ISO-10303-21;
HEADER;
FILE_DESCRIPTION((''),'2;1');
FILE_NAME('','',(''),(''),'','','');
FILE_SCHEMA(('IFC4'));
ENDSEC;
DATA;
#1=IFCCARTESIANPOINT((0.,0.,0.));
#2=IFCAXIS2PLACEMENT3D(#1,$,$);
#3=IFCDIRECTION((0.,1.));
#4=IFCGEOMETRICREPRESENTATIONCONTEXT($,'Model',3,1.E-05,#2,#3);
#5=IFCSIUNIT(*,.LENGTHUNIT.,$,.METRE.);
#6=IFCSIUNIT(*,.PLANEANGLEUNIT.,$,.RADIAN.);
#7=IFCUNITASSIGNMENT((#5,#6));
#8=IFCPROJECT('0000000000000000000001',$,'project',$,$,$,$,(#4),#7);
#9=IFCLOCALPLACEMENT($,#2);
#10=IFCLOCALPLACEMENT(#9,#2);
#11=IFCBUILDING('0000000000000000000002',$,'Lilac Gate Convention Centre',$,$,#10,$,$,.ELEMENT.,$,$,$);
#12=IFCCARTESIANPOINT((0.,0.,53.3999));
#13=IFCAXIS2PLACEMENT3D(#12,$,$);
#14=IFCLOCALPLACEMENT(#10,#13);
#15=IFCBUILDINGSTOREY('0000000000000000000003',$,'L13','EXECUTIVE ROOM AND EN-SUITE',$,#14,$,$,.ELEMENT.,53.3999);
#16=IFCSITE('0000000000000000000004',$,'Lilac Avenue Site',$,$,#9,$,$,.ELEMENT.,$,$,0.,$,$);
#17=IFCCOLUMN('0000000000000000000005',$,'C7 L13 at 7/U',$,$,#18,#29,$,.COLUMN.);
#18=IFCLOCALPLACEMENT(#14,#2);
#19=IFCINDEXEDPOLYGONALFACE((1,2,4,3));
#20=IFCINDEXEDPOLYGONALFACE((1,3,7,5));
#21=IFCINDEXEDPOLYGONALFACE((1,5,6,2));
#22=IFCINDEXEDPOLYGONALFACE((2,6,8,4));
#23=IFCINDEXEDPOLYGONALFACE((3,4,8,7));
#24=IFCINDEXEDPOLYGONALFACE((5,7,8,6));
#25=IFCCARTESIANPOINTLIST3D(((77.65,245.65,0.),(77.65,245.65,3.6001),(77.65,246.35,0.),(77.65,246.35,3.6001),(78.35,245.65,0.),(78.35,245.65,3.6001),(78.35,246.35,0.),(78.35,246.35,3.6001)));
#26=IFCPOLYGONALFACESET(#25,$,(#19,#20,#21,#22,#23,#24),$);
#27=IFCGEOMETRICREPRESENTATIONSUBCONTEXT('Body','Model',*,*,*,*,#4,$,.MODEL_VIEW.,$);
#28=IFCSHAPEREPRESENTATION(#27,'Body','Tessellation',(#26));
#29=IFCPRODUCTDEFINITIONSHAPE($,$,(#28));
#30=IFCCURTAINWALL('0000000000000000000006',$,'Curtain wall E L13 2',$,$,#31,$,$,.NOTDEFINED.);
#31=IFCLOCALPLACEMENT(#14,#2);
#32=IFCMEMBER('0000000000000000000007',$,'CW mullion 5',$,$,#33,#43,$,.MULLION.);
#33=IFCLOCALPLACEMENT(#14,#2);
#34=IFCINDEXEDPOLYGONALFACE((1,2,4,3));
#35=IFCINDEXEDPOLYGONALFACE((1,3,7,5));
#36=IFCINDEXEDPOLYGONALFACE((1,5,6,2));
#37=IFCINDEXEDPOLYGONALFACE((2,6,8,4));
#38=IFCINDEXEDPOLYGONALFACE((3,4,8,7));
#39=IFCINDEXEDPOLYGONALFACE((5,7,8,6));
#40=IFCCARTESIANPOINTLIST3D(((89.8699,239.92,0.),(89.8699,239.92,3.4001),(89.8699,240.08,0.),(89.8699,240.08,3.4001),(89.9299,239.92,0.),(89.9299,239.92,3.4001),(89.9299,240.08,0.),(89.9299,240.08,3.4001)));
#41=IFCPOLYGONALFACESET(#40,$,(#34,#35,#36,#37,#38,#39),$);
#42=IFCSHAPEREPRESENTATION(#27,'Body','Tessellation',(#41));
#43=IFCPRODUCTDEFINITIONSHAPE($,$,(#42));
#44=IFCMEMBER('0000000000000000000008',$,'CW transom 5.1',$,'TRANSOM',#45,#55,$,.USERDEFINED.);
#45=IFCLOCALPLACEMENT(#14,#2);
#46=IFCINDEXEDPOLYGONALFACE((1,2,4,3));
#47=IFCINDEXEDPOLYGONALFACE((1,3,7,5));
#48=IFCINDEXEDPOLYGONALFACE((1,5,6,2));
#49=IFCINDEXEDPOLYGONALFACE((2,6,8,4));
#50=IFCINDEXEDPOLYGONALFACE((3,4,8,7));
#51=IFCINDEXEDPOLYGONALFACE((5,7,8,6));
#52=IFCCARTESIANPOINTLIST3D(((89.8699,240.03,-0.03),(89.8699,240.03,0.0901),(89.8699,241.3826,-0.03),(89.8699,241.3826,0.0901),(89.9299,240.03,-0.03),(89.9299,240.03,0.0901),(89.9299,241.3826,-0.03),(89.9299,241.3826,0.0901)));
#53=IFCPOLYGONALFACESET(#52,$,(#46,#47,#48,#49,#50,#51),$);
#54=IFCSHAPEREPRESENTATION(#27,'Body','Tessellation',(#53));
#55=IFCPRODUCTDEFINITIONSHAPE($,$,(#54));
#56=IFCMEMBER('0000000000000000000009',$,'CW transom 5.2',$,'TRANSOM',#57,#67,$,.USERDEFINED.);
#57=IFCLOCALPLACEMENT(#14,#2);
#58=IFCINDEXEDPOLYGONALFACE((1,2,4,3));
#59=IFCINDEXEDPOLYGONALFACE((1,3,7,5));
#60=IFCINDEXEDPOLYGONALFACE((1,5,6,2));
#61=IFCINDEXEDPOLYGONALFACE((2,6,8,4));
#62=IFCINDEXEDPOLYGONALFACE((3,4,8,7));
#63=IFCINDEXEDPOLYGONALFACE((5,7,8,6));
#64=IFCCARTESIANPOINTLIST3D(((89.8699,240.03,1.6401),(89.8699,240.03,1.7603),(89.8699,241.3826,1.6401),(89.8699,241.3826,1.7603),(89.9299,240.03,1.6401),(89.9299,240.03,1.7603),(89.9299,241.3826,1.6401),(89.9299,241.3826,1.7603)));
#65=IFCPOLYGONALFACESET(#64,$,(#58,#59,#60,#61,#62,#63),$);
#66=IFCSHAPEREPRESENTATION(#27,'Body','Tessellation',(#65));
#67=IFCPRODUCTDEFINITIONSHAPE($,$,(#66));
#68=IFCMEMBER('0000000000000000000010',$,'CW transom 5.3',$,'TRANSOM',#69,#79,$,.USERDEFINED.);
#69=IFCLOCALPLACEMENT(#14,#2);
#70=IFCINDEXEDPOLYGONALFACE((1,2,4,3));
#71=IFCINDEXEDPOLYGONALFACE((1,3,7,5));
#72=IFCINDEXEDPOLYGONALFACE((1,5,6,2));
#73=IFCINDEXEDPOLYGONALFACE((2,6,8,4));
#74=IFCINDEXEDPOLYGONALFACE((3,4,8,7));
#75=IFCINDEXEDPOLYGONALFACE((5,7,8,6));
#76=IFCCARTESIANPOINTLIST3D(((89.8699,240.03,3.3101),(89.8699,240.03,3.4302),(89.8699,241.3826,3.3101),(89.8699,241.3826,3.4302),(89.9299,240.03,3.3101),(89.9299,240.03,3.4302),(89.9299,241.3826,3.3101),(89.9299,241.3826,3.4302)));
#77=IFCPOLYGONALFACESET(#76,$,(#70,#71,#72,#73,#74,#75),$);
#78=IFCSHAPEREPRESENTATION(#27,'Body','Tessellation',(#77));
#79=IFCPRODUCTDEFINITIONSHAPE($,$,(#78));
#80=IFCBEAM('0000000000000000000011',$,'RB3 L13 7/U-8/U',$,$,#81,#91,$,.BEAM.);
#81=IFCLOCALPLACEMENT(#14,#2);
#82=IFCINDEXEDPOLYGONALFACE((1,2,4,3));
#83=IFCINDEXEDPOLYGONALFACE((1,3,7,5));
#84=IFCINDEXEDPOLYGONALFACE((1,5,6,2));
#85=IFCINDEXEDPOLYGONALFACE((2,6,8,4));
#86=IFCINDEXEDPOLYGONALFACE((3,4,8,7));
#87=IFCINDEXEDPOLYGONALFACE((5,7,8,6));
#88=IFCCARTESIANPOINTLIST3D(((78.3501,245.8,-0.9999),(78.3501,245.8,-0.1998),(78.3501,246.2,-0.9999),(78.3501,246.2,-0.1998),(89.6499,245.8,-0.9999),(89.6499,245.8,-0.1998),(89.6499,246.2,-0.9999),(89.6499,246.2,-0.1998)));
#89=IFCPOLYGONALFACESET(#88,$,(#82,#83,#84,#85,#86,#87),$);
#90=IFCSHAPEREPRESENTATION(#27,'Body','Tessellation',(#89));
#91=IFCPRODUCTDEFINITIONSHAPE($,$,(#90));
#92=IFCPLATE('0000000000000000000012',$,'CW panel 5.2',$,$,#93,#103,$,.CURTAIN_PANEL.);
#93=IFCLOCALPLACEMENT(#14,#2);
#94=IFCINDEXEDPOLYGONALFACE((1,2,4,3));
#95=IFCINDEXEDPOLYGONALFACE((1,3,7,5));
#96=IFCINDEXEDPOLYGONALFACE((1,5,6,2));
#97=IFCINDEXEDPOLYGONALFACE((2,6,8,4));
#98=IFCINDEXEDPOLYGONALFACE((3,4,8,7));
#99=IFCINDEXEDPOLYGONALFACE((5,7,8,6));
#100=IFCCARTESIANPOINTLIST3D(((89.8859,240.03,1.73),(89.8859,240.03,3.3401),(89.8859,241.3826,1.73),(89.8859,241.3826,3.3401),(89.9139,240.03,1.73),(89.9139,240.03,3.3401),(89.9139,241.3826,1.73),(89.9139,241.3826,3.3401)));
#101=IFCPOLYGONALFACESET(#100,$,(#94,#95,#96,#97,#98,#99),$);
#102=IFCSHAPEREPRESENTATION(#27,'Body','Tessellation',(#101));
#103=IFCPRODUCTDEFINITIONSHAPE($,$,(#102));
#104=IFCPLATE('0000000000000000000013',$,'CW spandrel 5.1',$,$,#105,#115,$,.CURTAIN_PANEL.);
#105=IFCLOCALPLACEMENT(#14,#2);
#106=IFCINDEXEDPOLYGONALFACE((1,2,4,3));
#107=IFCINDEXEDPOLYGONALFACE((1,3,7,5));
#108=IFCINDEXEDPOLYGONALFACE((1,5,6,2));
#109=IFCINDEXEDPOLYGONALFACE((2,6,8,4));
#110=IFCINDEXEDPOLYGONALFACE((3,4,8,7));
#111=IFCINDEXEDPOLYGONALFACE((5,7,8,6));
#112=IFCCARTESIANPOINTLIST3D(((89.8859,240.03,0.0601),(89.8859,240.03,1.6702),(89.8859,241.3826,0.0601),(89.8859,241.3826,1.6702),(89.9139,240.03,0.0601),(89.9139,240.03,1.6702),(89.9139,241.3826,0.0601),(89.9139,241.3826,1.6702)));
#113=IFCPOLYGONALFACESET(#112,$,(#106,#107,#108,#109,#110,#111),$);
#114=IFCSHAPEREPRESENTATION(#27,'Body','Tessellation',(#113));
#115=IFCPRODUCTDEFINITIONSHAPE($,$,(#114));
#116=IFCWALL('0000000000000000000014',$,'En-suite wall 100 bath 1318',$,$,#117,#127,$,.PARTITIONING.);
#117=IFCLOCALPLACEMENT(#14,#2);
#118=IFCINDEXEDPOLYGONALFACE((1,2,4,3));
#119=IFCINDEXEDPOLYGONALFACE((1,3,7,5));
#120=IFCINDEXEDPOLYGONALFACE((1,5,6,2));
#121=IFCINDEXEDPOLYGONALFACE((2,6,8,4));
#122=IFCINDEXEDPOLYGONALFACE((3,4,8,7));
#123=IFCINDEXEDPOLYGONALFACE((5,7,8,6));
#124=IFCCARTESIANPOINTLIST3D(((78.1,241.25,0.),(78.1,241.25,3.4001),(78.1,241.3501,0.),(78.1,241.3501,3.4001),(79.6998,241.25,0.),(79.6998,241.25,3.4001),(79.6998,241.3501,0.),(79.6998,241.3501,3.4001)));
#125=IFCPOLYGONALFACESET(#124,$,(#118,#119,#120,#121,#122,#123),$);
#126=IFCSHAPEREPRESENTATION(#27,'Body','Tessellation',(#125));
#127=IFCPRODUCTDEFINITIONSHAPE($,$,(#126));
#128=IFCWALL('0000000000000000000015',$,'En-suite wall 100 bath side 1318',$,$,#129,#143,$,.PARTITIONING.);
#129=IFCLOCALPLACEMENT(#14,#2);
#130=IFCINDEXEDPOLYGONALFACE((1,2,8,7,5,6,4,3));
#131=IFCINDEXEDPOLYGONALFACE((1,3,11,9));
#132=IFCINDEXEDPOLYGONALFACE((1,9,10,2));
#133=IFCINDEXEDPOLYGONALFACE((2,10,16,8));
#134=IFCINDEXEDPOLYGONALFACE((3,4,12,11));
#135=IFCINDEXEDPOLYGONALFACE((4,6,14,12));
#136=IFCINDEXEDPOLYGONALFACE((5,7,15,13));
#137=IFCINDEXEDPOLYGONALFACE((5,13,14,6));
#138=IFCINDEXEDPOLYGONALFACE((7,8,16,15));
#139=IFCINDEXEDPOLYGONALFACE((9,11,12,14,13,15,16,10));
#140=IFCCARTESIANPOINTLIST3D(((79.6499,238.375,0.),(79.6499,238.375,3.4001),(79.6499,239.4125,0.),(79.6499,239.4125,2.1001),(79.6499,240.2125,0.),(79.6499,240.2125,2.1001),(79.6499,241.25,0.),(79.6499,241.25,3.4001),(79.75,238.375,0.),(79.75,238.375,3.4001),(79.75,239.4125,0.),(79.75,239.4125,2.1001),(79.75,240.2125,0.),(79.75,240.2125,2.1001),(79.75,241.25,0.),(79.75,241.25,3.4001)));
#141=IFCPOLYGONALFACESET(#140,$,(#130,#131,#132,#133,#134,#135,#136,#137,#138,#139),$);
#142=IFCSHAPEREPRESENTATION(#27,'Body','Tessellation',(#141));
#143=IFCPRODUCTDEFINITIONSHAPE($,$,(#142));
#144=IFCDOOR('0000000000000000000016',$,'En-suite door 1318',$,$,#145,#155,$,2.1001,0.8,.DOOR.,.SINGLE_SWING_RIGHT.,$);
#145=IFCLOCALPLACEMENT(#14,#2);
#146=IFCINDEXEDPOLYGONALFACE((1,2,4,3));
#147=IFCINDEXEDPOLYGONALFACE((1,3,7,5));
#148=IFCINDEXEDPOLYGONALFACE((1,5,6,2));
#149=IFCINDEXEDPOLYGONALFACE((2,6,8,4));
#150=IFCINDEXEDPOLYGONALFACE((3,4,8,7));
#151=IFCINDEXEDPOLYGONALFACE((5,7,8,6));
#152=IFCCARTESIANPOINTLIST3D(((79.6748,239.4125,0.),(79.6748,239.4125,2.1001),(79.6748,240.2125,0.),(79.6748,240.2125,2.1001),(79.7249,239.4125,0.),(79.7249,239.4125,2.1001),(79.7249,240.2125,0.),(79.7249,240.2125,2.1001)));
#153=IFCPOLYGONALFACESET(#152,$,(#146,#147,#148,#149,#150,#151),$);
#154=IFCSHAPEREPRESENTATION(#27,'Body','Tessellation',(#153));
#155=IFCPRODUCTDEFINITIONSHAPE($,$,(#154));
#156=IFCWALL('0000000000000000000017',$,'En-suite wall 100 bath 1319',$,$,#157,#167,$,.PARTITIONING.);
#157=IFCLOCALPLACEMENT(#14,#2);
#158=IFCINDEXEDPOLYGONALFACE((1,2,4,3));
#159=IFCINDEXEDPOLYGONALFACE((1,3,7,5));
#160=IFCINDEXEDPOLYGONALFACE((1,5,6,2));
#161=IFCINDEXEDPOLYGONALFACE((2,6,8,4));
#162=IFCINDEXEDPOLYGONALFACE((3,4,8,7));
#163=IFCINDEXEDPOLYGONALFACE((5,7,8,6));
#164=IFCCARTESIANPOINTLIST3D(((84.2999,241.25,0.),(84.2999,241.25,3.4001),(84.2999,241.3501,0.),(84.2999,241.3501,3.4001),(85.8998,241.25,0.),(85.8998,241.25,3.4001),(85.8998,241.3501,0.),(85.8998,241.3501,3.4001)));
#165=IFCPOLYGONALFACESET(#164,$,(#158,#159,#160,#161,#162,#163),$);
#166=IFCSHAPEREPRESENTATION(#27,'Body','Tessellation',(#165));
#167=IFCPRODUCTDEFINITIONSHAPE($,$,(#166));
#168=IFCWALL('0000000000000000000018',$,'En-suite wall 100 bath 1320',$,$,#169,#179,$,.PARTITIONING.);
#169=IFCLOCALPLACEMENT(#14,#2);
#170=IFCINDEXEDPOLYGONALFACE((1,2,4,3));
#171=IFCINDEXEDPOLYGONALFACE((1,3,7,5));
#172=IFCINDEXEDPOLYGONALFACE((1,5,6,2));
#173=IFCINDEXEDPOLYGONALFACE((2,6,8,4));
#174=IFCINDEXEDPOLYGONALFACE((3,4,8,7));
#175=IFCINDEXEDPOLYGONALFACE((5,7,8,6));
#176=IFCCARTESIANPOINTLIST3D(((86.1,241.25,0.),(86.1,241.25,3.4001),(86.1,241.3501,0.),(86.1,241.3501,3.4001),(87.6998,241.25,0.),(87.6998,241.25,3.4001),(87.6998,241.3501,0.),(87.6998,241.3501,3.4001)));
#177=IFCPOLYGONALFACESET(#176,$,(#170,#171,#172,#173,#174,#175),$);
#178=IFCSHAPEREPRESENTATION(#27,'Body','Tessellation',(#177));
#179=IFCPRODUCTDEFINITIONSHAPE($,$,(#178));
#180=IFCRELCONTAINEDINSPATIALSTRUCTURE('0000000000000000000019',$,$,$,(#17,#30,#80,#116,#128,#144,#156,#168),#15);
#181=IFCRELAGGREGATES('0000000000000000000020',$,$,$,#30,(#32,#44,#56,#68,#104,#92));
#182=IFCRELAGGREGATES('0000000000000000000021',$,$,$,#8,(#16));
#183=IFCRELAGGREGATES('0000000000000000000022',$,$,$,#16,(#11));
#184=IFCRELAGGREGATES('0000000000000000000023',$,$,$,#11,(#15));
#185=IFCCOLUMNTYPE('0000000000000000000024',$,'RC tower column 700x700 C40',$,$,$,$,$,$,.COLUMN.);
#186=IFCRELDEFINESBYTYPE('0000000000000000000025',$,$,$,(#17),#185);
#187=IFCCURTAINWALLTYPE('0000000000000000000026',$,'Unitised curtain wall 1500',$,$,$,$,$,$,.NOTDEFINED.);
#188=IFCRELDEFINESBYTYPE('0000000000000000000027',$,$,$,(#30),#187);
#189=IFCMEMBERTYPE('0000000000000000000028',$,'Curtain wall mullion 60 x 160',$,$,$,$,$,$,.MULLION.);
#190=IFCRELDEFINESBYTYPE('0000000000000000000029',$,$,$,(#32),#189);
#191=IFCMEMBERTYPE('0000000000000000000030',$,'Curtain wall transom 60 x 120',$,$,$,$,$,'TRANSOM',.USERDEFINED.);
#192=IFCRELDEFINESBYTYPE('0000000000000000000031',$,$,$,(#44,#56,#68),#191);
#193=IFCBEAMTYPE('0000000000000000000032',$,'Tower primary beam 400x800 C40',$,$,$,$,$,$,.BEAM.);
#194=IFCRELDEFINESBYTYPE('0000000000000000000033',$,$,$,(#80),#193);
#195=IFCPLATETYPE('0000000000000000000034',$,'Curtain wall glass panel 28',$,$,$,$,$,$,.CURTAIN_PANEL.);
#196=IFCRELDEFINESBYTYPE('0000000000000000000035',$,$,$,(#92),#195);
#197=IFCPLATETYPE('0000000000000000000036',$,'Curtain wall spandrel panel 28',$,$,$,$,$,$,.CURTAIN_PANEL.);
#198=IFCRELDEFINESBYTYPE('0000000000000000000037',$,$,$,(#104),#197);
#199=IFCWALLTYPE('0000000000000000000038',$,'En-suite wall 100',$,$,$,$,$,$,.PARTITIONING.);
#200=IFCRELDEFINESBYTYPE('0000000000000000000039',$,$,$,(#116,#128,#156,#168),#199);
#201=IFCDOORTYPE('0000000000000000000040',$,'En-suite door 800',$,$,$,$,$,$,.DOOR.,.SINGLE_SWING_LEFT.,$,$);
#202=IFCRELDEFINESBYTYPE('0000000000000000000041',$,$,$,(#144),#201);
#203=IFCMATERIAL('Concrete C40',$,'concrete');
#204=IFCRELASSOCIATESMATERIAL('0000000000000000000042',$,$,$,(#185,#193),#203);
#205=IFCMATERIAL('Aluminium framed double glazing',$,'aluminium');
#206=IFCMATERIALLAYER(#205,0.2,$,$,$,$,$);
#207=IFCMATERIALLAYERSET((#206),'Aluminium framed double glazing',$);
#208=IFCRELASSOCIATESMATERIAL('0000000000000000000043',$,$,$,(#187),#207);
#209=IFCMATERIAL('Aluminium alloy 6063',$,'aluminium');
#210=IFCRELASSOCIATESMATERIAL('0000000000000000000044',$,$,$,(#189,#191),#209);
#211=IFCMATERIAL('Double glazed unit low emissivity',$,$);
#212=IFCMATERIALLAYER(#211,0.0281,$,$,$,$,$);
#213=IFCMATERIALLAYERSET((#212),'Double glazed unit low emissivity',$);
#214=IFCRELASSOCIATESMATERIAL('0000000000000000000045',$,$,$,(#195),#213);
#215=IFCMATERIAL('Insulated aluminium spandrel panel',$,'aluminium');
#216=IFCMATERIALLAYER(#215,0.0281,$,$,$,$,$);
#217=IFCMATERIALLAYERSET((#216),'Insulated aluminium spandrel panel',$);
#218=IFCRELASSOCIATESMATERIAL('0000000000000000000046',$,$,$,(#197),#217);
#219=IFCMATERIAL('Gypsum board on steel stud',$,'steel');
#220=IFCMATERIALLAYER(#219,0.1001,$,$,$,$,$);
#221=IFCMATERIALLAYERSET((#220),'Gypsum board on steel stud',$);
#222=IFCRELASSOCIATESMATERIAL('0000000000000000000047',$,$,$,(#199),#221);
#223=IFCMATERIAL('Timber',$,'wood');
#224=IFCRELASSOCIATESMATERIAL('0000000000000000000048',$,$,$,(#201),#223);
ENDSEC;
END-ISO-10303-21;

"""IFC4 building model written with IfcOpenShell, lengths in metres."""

from ifc_helpers import new_model, si_unit, direction, frame, frame_2d, origin, origin_2d, place, context, subcontext, project, spatial, rectangle, extrude, material, layer, layer_set, material_profile, profile_set, type_object, element, fill, aggregate, save


model = new_model("IFC4")

# Units and contexts
model_context = context("Model", 3, precision=1e-05, world=origin(), true_north=direction((0.0, 1.0)))
body_context = subcontext(model_context, "Body", "Model", "MODEL_VIEW")
ifc_project = project(units=[si_unit("LENGTHUNIT", "METRE"), si_unit("PLANEANGLEUNIT", "RADIAN")], contexts=[model_context])

# Site, building, storey
site_placement = place(None, origin())
site = spatial("IfcSite", under=ifc_project, at=site_placement, Name="Lilac Avenue Site", CompositionType="ELEMENT", RefElevation=0.0)
building_placement = place(site_placement, origin())
building = spatial("IfcBuilding", under=site, at=building_placement, Name="Lilac Gate Convention Centre", CompositionType="ELEMENT")
storey_placement = place(building_placement, frame((0.0, 0.0, 53.3999)))
storey = spatial("IfcBuildingStorey", under=building, at=storey_placement, Name="L13", Description="EXECUTIVE ROOM AND EN-SUITE", CompositionType="ELEMENT", Elevation=53.3999)

# Column
ifc_material_1 = material(Name="Concrete C40", Category="concrete")
ifc_material_profile_1 = material_profile(ifc_material_1, rectangle(XDim=0.7, YDim=0.7, at=origin_2d()), Name="RC 700x700")
ifc_profile_set_1 = profile_set([ifc_material_profile_1], Name="Concrete C40")
column_type = type_object("IfcColumnType", Name="RC tower column 700x700 C40", PredefinedType="COLUMN", material=ifc_profile_set_1)
column_placement = place(storey_placement, frame((78.0, 246.0, 0.0), z_axis=(0.0, 0.0, 1.0), x_axis=(1.0, 0.0, 0.0)))
element("IfcColumn", 1, at=column_placement, inside=storey, type_object=column_type, Name="C7 L13 at 7/U", PredefinedType="COLUMN", context=body_context, shape_type="SweptSolid", body=[
    extrude(rectangle(XDim=0.7, YDim=0.7, at=origin_2d()), origin(), (0.0, 0.0, 1.0), 3.6001),
])

# Curtain wall, members
ifc_material_2 = material(Name="Aluminium framed double glazing", Category="aluminium")
ifc_layer_1 = layer(ifc_material_2, 0.2)
ifc_layer_set_1 = layer_set([ifc_layer_1], Name="Aluminium framed double glazing")
curtain_wall_type = type_object("IfcCurtainWallType", Name="Unitised curtain wall 1500", PredefinedType="NOTDEFINED", material=ifc_layer_set_1)
curtain_wall_placement = place(storey_placement, origin())
curtain_wall = element("IfcCurtainWall", 2, at=curtain_wall_placement, inside=storey, type_object=curtain_wall_type, Name="Curtain wall E L13 2", PredefinedType="NOTDEFINED")
ifc_material_3 = material(Name="Aluminium alloy 6063", Category="aluminium")
ifc_material_profile_2 = material_profile(ifc_material_3, rectangle(XDim=0.0601, YDim=0.1599, at=origin_2d()), Name="Curtain wall mullion 60 x 160")
ifc_profile_set_2 = profile_set([ifc_material_profile_2], Name="Aluminium alloy 6063")
member_type_1 = type_object("IfcMemberType", Name="Curtain wall mullion 60 x 160", PredefinedType="MULLION", material=ifc_profile_set_2)
member_1_placement = place(storey_placement, frame((89.8999, 240.0, 0.0), z_axis=(0.0, 0.0, 1.0), x_axis=(-1.0, 0.0, 0.0)))
member_1 = element("IfcMember", 3, at=member_1_placement, type_object=member_type_1, Name="CW mullion 5", PredefinedType="MULLION", context=body_context, shape_type="SweptSolid", body=[
    extrude(rectangle(XDim=0.0601, YDim=0.1599, at=origin_2d()), origin(), (0.0, 0.0, 1.0), 3.4001),
])
ifc_material_profile_3 = material_profile(ifc_material_3, rectangle(XDim=0.0601, YDim=0.1201, at=origin_2d()), Name="Curtain wall transom 60 x 120")
ifc_profile_set_3 = profile_set([ifc_material_profile_3], Name="Aluminium alloy 6063")
member_type_2 = type_object("IfcMemberType", Name="Curtain wall transom 60 x 120", ElementType="TRANSOM", PredefinedType="USERDEFINED", material=ifc_profile_set_3)
member_2_placement = place(storey_placement, frame((89.8999, 240.03, 0.03), z_axis=(0.0, 1.0, 0.0), x_axis=(-1.0, 0.0, 0.0)))
member_2 = element("IfcMember", 4, at=member_2_placement, type_object=member_type_2, Name="CW transom 5.1", ObjectType="TRANSOM", PredefinedType="USERDEFINED", context=body_context, shape_type="SweptSolid", body=[
    extrude(rectangle(XDim=0.0601, YDim=0.1201, at=origin_2d()), origin(), (0.0, 0.0, 1.0), 1.3525),
])
member_3_placement = place(storey_placement, frame((89.8999, 240.03, 1.7002), z_axis=(0.0, 1.0, 0.0), x_axis=(-1.0, 0.0, 0.0)))
member_3 = element("IfcMember", 5, at=member_3_placement, type_object=member_type_2, Name="CW transom 5.2", ObjectType="TRANSOM", PredefinedType="USERDEFINED", context=body_context, shape_type="SweptSolid", body=[
    extrude(rectangle(XDim=0.0601, YDim=0.1201, at=origin_2d()), origin(), (0.0, 0.0, 1.0), 1.3525),
])
member_4_placement = place(storey_placement, frame((89.8999, 240.03, 3.3701), z_axis=(0.0, 1.0, 0.0), x_axis=(-1.0, 0.0, 0.0)))
member_4 = element("IfcMember", 6, at=member_4_placement, type_object=member_type_2, Name="CW transom 5.3", ObjectType="TRANSOM", PredefinedType="USERDEFINED", context=body_context, shape_type="SweptSolid", body=[
    extrude(rectangle(XDim=0.0601, YDim=0.1201, at=origin_2d()), origin(), (0.0, 0.0, 1.0), 1.3525),
])

# Beam
ifc_material_profile_4 = material_profile(ifc_material_1, rectangle(XDim=0.3999, YDim=0.8, at=origin_2d()), Name="RC 400x800")
ifc_profile_set_4 = profile_set([ifc_material_profile_4], Name="Concrete C40")
beam_type = type_object("IfcBeamType", Name="Tower primary beam 400x800 C40", PredefinedType="BEAM", material=ifc_profile_set_4)
beam_placement = place(storey_placement, frame((78.3501, 246.0, -0.5999), z_axis=(1.0, 0.0, 0.0), x_axis=(0.0, 1.0, 0.0)))
element("IfcBeam", 7, at=beam_placement, inside=storey, type_object=beam_type, Name="RB3 L13 7/U-8/U", PredefinedType="BEAM", context=body_context, shape_type="SweptSolid", body=[
    extrude(rectangle(XDim=0.3999, YDim=0.8, at=origin_2d()), origin(), (0.0, 0.0, 1.0), 11.2998),
])

# Plates
ifc_material_4 = material(Name="Double glazed unit low emissivity")
ifc_layer_2 = layer(ifc_material_4, 0.0281)
ifc_layer_set_2 = layer_set([ifc_layer_2], Name="Double glazed unit low emissivity")
plate_type_1 = type_object("IfcPlateType", Name="Curtain wall glass panel 28", PredefinedType="CURTAIN_PANEL", material=ifc_layer_set_2)
plate_1_placement = place(storey_placement, frame((89.8999, 240.7063, 1.73), z_axis=(0.0, 0.0, 1.0), x_axis=(0.0, 1.0, 0.0)))
plate_1 = element("IfcPlate", 8, at=plate_1_placement, type_object=plate_type_1, Name="CW panel 5.2", PredefinedType="CURTAIN_PANEL", context=body_context, shape_type="SweptSolid", body=[
    extrude(rectangle(XDim=1.3525, YDim=0.0281, at=origin_2d()), origin(), (0.0, 0.0, 1.0), 1.6101),
])
ifc_material_5 = material(Name="Insulated aluminium spandrel panel", Category="aluminium")
ifc_layer_3 = layer(ifc_material_5, 0.0281)
ifc_layer_set_3 = layer_set([ifc_layer_3], Name="Insulated aluminium spandrel panel")
plate_type_2 = type_object("IfcPlateType", Name="Curtain wall spandrel panel 28", PredefinedType="CURTAIN_PANEL", material=ifc_layer_set_3)
plate_2_placement = place(storey_placement, frame((89.8999, 240.7063, 0.0601), z_axis=(0.0, 0.0, 1.0), x_axis=(0.0, 1.0, 0.0)))
plate_2 = element("IfcPlate", 9, at=plate_2_placement, type_object=plate_type_2, Name="CW spandrel 5.1", PredefinedType="CURTAIN_PANEL", context=body_context, shape_type="SweptSolid", body=[
    extrude(rectangle(XDim=1.3525, YDim=0.0281, at=origin_2d()), origin(), (0.0, 0.0, 1.0), 1.6101),
])
aggregate(curtain_wall, [member_1, member_2, member_3, member_4, plate_2, plate_1])

# Wall
ifc_material_6 = material(Name="Gypsum board on steel stud", Category="steel")
ifc_layer_4 = layer(ifc_material_6, 0.1001)
ifc_layer_set_4 = layer_set([ifc_layer_4], Name="Gypsum board on steel stud")
wall_type_1 = type_object("IfcWallType", Name="En-suite wall 100", PredefinedType="PARTITIONING", material=ifc_layer_set_4)
wall_1_placement = place(storey_placement, frame((78.1001, 241.3, 0.0), z_axis=(0.0, 0.0, 1.0), x_axis=(1.0, 0.0, 0.0)))
element("IfcWall", 10, at=wall_1_placement, inside=storey, type_object=wall_type_1, Name="En-suite wall 100 bath 1318", PredefinedType="PARTITIONING", context=body_context, shape_type="SweptSolid", body=[
    extrude(rectangle(XDim=1.5999, YDim=0.1001, at=frame_2d((0.7998, 0.0))), origin(), (0.0, 0.0, 1.0), 3.4001),
])

# Wall, opening, door
wall_2_placement = place(storey_placement, frame((79.7, 241.25, 0.0), z_axis=(0.0, 0.0, 1.0), x_axis=(0.0, -1.0, 0.0)))
wall_2 = element("IfcWall", 11, at=wall_2_placement, inside=storey, type_object=wall_type_1, Name="En-suite wall 100 bath side 1318", PredefinedType="PARTITIONING", context=body_context, shape_type="SweptSolid", body=[
    extrude(rectangle(XDim=2.875, YDim=0.1001, at=frame_2d((1.4375, 0.0))), origin(), (0.0, 0.0, 1.0), 3.4001),
])
opening_1_placement = place(wall_2_placement, frame((1.0376, 0.0, 0.0)))
opening_1 = element("IfcOpeningElement", 12, at=opening_1_placement, cuts=wall_2, PredefinedType="OPENING", context=body_context, shape_type="SweptSolid", body=[
    extrude(rectangle(XDim=0.8, YDim=2.1001, at=frame_2d((0.3999, 1.05))), frame((0.0, 0.0601, 0.0), z_axis=(0.0, -1.0, 0.0), x_axis=(1.0, 0.0, 0.0)), (0.0, 0.0, 1.0), 0.1201),
])
ifc_material_7 = material(Name="Timber", Category="wood")
door_type = type_object("IfcDoorType", Name="En-suite door 800", OperationType="SINGLE_SWING_LEFT", PredefinedType="DOOR", material=ifc_material_7)
door_1_placement = place(opening_1_placement, origin())
door_1 = element("IfcDoor", 13, at=door_1_placement, inside=storey, type_object=door_type, Name="En-suite door 1318", OperationType="SINGLE_SWING_RIGHT", OverallHeight=2.1001, OverallWidth=0.8, PredefinedType="DOOR", context=body_context, shape_type="SweptSolid", body=[
    extrude(rectangle(XDim=0.8, YDim=2.1001, at=frame_2d((0.3999, 1.05))), frame((0.0, 0.0249, 0.0), z_axis=(0.0, -1.0, 0.0), x_axis=(1.0, 0.0, 0.0)), (0.0, 0.0, 1.0), 0.05),
])
fill(opening_1, door_1)

# Walls
for number, where, z_axis, x_axis, name in (
    (14, (84.3, 241.3, 0.0), (0.0, 0.0, 1.0), (1.0, 0.0, 0.0), "En-suite wall 100 bath 1319"),
    (15, (86.1001, 241.3, 0.0), (0.0, 0.0, 1.0), (1.0, 0.0, 0.0), "En-suite wall 100 bath 1320"),
):
    element("IfcWall", number, at=place(storey_placement, frame(where, z_axis=z_axis, x_axis=x_axis)), inside=storey, type_object=wall_type_1, Name=name, PredefinedType="PARTITIONING", context=body_context, shape_type="SweptSolid", body=[
        extrude(rectangle(XDim=1.5999, YDim=0.1001, at=frame_2d((0.7998, 0.0))), origin(), (0.0, 0.0, 1.0), 3.4001),
    ])

save(model, "model.ifc")
